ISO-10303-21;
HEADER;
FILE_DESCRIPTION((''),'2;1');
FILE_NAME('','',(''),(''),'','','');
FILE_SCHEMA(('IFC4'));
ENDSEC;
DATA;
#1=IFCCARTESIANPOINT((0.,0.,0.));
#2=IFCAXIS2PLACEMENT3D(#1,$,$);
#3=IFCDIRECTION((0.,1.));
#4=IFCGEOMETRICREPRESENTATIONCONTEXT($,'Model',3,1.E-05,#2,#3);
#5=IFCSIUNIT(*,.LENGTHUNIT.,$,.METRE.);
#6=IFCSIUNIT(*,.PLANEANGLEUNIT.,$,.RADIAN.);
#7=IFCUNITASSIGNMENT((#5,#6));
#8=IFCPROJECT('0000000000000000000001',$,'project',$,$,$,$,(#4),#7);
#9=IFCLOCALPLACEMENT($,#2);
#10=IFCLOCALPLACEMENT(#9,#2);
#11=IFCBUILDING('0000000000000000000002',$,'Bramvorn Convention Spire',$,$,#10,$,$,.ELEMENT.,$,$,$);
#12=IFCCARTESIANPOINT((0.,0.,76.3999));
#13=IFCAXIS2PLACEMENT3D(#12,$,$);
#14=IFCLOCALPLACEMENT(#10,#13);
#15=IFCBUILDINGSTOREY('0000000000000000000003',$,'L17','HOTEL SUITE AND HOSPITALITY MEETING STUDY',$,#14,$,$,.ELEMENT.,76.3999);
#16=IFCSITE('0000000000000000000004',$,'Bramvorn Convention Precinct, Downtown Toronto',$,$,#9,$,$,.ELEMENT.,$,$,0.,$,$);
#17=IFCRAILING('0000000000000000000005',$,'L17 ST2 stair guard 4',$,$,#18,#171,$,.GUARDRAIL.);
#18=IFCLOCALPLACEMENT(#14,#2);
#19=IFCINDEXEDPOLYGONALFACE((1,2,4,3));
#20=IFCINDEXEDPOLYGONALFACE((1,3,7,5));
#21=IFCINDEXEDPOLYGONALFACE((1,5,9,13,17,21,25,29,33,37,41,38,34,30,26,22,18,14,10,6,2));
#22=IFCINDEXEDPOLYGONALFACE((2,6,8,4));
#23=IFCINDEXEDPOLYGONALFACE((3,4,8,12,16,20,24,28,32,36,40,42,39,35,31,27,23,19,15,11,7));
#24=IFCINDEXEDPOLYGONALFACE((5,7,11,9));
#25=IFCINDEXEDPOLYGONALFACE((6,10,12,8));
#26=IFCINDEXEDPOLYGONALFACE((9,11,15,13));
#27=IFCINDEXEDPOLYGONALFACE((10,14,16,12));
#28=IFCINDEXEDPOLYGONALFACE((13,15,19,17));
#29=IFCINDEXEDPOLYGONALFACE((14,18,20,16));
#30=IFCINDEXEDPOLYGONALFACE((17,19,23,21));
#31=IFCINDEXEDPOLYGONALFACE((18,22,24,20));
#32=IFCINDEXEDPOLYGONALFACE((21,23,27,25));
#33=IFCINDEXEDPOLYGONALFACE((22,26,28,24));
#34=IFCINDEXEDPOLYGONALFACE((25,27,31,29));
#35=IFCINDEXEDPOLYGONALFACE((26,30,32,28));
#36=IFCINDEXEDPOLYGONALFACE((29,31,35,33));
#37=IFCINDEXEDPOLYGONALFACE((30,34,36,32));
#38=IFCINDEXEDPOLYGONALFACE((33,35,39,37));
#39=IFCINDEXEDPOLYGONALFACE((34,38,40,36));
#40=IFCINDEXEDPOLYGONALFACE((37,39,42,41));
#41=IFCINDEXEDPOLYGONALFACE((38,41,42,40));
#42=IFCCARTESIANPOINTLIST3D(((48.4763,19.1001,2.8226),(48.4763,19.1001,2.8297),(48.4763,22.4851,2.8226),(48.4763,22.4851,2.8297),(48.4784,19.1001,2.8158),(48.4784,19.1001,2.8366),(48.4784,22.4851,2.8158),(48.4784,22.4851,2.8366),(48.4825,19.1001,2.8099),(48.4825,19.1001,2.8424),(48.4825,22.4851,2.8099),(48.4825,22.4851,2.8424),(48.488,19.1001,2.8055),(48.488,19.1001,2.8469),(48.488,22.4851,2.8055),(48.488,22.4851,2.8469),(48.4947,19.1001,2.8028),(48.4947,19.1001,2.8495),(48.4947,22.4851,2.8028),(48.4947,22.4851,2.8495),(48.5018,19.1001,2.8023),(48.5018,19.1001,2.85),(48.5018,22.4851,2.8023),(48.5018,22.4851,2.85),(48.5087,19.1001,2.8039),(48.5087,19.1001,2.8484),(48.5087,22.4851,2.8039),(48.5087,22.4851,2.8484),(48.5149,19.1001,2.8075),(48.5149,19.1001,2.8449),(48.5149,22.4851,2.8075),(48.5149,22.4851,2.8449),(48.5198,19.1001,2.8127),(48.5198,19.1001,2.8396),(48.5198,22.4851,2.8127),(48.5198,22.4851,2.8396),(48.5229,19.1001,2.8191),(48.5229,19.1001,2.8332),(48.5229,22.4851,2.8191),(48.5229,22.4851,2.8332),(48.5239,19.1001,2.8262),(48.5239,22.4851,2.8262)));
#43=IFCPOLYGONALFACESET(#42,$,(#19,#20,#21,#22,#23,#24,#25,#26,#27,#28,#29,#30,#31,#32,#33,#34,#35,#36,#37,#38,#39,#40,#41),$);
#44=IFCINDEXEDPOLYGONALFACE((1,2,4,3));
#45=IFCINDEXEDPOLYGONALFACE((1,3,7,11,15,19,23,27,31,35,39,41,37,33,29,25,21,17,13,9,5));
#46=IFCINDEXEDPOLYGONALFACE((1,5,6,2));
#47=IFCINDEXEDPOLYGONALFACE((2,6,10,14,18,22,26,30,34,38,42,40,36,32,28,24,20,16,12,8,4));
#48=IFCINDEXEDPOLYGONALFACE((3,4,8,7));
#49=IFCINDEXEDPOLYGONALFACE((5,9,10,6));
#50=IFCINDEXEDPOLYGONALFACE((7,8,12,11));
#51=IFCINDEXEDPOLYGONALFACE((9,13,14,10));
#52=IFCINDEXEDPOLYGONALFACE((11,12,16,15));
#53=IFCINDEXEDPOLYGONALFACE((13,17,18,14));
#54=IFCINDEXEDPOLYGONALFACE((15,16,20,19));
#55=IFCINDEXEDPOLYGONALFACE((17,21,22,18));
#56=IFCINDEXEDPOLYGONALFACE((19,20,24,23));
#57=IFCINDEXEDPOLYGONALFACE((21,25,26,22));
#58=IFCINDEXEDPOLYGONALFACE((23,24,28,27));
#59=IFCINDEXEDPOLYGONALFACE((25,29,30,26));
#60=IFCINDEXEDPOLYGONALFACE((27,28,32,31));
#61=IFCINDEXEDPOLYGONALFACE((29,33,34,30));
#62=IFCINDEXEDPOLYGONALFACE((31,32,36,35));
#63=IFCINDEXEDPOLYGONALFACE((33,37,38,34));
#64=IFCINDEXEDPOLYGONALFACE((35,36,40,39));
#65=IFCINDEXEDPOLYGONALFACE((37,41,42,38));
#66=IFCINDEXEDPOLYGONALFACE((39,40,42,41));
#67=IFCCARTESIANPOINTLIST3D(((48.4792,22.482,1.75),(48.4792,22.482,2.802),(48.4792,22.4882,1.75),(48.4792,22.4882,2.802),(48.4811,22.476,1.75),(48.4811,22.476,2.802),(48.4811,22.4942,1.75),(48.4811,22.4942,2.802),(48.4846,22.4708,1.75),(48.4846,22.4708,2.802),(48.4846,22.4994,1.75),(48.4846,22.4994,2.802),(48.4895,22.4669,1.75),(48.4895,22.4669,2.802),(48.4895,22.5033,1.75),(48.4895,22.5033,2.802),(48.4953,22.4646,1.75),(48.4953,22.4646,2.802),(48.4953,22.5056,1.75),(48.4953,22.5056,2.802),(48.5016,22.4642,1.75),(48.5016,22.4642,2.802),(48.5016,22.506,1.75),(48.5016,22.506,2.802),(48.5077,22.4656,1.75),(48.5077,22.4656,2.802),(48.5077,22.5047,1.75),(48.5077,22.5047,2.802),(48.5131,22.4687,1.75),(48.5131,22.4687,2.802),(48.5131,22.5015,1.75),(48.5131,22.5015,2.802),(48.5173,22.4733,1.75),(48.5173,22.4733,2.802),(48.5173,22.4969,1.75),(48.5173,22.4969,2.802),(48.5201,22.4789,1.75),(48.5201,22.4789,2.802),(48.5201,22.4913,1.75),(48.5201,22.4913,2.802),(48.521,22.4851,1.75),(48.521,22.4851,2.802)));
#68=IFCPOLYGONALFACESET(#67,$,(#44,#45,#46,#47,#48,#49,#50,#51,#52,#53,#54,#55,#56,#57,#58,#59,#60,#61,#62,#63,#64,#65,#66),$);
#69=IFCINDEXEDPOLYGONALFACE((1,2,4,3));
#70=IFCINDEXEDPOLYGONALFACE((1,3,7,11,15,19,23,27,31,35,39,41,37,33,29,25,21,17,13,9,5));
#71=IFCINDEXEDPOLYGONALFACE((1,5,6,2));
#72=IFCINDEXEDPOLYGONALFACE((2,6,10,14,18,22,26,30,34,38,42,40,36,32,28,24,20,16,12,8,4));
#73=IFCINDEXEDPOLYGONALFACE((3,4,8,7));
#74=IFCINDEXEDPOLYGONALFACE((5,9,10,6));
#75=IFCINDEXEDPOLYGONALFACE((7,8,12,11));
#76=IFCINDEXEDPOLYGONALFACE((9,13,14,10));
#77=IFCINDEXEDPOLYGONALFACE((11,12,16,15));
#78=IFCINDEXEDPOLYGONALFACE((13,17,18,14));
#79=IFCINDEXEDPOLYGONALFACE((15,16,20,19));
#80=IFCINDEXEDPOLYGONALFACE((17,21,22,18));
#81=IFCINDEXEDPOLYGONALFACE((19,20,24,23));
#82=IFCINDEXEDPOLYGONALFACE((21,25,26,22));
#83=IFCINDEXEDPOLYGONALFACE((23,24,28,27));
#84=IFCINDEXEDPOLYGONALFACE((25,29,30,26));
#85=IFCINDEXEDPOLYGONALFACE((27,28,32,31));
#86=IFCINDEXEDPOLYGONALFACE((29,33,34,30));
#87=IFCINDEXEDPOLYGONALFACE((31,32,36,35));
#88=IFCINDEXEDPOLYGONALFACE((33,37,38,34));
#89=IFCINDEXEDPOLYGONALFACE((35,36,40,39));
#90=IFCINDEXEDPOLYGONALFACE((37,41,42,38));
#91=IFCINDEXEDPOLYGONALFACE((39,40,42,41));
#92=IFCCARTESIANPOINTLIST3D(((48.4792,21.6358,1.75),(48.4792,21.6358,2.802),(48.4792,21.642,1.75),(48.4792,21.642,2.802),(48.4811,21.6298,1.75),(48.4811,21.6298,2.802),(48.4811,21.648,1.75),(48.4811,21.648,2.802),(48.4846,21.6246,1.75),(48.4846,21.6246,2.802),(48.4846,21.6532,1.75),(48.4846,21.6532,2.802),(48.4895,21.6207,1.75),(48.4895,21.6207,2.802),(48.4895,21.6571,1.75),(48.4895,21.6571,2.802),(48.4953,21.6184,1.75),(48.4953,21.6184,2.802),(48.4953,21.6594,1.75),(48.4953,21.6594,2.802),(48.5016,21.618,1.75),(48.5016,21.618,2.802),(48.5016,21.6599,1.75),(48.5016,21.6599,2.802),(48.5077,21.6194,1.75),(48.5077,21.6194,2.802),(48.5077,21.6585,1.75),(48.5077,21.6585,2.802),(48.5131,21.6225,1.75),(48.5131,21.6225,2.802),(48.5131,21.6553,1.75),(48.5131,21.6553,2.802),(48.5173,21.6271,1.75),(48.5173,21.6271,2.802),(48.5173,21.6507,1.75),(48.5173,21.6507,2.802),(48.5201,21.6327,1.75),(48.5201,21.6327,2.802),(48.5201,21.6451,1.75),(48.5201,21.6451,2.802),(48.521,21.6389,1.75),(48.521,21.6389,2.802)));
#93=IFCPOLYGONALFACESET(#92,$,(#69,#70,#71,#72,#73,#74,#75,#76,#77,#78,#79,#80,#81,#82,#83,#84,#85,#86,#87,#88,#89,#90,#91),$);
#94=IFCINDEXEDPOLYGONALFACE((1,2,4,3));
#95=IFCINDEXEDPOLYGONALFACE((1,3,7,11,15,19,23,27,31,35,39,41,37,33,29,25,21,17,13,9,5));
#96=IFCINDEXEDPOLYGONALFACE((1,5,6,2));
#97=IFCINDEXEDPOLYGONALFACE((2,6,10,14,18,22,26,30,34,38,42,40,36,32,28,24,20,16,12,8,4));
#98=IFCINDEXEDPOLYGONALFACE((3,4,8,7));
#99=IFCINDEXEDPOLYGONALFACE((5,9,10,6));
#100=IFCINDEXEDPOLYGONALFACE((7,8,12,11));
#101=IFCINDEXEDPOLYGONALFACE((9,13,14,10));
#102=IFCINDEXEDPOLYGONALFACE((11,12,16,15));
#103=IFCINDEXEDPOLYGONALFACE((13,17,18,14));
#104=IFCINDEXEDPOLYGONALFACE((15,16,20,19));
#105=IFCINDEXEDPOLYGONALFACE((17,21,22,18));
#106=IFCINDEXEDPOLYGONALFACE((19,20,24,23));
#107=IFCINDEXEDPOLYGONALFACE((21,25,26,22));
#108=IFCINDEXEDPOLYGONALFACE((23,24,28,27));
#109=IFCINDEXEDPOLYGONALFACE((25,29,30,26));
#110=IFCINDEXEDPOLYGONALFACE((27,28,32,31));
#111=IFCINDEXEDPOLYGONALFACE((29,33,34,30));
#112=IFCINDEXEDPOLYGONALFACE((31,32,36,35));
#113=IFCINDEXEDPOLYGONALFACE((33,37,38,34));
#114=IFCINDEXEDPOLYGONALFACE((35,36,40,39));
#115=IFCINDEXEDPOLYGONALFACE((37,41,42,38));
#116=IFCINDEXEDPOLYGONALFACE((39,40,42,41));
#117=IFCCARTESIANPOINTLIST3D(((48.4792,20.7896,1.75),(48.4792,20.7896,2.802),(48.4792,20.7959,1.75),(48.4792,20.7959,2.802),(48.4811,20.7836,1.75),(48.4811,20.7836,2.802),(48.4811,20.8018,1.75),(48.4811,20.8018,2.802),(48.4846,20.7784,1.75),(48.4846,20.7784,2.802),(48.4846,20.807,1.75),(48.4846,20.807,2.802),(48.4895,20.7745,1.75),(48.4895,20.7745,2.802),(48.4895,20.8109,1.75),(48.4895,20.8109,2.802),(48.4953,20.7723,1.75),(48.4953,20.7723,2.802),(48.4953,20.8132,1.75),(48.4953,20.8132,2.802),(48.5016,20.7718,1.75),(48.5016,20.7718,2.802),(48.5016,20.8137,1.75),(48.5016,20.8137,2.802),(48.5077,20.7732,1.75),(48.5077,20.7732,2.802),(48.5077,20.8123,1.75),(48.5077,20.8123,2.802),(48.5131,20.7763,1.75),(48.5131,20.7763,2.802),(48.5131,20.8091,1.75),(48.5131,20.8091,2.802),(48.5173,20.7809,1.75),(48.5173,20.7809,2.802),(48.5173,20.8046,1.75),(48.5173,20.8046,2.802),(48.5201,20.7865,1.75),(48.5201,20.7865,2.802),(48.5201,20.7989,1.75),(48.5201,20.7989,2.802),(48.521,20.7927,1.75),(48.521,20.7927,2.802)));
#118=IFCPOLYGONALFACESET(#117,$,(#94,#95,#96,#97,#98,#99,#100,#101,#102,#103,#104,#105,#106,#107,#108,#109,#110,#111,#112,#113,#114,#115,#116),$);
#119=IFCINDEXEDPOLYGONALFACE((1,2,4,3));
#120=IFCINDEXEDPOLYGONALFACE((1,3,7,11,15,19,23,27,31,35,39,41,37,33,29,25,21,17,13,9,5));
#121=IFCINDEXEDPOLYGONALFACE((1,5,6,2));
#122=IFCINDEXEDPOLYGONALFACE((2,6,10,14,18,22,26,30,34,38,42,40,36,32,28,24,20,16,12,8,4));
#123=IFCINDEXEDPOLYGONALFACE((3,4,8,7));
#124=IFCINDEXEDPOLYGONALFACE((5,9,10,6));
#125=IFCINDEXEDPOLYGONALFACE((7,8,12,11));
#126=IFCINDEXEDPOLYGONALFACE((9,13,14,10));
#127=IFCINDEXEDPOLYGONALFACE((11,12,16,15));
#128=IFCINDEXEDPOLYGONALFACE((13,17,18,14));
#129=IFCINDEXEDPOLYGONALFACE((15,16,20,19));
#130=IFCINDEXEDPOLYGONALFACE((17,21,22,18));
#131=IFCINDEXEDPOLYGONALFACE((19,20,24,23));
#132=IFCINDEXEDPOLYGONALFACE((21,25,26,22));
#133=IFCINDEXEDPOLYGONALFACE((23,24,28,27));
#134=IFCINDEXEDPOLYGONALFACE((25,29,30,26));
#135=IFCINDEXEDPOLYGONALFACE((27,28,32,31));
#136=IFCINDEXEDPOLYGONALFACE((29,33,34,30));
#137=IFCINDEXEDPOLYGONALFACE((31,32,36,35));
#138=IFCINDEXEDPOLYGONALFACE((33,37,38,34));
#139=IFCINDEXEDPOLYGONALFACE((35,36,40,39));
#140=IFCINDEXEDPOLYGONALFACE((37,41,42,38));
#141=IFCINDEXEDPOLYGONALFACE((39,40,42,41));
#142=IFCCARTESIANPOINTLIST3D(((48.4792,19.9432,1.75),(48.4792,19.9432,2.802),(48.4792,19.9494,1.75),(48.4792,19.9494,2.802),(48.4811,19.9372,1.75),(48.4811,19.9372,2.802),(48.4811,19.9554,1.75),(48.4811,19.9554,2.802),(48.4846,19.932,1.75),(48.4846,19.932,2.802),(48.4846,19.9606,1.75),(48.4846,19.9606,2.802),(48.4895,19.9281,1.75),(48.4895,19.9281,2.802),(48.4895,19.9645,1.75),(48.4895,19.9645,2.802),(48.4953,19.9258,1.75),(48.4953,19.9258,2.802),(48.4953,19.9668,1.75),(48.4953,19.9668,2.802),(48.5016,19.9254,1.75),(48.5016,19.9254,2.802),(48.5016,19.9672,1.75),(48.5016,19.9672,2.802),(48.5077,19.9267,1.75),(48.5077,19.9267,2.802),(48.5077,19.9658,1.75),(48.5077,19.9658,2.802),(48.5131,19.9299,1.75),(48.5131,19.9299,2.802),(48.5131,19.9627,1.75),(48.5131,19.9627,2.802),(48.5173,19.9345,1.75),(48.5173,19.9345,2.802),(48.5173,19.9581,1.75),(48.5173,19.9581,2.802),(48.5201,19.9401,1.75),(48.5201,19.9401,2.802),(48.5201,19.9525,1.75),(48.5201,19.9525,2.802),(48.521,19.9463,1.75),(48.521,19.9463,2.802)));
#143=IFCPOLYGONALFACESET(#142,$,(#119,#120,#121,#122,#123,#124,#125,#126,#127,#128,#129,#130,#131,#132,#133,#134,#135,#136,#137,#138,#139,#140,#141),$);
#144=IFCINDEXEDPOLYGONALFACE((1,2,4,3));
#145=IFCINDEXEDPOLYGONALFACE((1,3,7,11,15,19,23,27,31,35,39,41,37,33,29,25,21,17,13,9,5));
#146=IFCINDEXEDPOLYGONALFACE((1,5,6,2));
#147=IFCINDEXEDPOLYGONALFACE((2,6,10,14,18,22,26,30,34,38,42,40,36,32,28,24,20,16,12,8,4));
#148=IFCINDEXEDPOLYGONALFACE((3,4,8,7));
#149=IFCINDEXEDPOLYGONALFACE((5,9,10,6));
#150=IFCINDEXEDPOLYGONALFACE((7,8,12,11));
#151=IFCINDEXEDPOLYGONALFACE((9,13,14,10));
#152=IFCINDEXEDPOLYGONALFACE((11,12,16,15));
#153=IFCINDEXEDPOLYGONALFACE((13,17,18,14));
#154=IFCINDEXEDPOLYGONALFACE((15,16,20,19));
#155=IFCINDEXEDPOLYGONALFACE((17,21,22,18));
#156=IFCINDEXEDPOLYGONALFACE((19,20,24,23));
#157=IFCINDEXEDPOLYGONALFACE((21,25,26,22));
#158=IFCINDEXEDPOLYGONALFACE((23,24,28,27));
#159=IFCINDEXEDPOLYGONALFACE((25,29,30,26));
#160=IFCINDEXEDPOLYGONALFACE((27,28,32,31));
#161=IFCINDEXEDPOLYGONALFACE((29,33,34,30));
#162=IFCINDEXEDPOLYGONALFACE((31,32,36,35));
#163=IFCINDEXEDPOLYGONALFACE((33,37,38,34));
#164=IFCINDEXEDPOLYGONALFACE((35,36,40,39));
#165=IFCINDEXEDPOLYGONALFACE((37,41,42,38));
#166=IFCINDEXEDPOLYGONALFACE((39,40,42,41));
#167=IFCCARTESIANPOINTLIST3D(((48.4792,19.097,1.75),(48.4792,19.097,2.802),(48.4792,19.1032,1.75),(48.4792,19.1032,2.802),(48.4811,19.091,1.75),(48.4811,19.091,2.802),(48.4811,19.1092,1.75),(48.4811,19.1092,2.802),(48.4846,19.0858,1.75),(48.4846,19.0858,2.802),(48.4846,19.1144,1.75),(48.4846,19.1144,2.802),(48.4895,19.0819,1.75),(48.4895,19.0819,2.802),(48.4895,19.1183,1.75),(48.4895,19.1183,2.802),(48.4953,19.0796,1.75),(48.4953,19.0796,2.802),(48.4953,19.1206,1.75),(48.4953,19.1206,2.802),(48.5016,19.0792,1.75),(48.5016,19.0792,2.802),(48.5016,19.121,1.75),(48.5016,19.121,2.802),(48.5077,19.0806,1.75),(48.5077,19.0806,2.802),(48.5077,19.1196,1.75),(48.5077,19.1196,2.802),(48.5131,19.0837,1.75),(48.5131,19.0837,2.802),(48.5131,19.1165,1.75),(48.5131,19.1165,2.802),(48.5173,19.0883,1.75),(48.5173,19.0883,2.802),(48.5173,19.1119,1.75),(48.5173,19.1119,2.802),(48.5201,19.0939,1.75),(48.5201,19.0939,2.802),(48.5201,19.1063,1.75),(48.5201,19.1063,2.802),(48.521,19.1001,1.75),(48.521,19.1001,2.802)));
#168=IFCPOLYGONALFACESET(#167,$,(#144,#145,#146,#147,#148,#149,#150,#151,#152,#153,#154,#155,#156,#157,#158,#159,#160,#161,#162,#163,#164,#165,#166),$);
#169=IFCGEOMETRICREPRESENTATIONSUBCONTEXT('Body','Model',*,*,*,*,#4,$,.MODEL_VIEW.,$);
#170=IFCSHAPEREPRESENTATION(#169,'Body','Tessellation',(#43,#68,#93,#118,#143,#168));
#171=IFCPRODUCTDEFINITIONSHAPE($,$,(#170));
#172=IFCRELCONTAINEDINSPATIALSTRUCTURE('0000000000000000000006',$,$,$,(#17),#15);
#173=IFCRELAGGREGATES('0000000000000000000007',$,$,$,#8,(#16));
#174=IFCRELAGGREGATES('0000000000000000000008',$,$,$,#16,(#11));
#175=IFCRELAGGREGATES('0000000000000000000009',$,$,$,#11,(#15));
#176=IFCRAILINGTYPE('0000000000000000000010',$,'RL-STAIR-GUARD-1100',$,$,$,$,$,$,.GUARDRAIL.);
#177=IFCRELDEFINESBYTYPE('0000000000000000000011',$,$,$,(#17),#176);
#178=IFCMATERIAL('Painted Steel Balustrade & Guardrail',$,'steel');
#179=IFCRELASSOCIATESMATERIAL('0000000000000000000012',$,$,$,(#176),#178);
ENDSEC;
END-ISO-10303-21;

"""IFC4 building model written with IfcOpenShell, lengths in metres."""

from ifc_helpers import new_model, si_unit, direction, frame, origin, origin_2d, place, context, subcontext, project, spatial, circle, extrude, material, type_object, element, save


model = new_model("IFC4")

# Units and contexts
model_context = context("Model", 3, precision=1e-05, world=origin(), true_north=direction((0.0, 1.0)))
body_context = subcontext(model_context, "Body", "Model", "MODEL_VIEW")
ifc_project = project(units=[si_unit("LENGTHUNIT", "METRE"), si_unit("PLANEANGLEUNIT", "RADIAN")], contexts=[model_context])

# Site, building, storey
site_placement = place(None, origin())
site = spatial("IfcSite", under=ifc_project, at=site_placement, Name="Bramvorn Convention Precinct, Downtown Toronto", CompositionType="ELEMENT", RefElevation=0.0)
building_placement = place(site_placement, origin())
building = spatial("IfcBuilding", under=site, at=building_placement, Name="Bramvorn Convention Spire", CompositionType="ELEMENT")
storey_placement = place(building_placement, frame((0.0, 0.0, 76.3999)))
storey = spatial("IfcBuildingStorey", under=building, at=storey_placement, Name="L17", Description="HOTEL SUITE AND HOSPITALITY MEETING STUDY", CompositionType="ELEMENT", Elevation=76.3999)

# Railing
ifc_material_1 = material(Name="Painted Steel Balustrade & Guardrail", Category="steel")
railing_type_1 = type_object("IfcRailingType", Name="RL-STAIR-GUARD-1100", PredefinedType="GUARDRAIL", material=ifc_material_1)
for number, where, name in (
    (1, (48.5, 22.4851, 1.75), "L17 ST2 stair guard 4"),
):
    element("IfcRailing", number, at=place(storey_placement, frame(where)), inside=storey, type_object=railing_type_1, Name=name, PredefinedType="GUARDRAIL", context=body_context, shape_type="SweptSolid", body=[
        extrude(circle(Radius=0.0239, at=origin_2d()), frame((0.0, 0.0, 1.0762), z_axis=(0.0, -1.0, 0.0), x_axis=(1.0, 0.0, 0.0)), (0.0, 0.0, 1.0), 3.385),
        extrude(circle(Radius=0.021, at=origin_2d()), origin(), (0.0, 0.0, 1.0), 1.052),
        extrude(circle(Radius=0.021, at=origin_2d()), frame((0.0, -0.8462, 0.0)), (0.0, 0.0, 1.0), 1.052),
        extrude(circle(Radius=0.021, at=origin_2d()), frame((0.0, -1.6924, 0.0)), (0.0, 0.0, 1.0), 1.052),
        extrude(circle(Radius=0.021, at=origin_2d()), frame((0.0, -2.5388, 0.0)), (0.0, 0.0, 1.0), 1.052),
        extrude(circle(Radius=0.021, at=origin_2d()), frame((0.0, -3.385, 0.0)), (0.0, 0.0, 1.0), 1.052),
    ])

save(model, "model.ifc")
